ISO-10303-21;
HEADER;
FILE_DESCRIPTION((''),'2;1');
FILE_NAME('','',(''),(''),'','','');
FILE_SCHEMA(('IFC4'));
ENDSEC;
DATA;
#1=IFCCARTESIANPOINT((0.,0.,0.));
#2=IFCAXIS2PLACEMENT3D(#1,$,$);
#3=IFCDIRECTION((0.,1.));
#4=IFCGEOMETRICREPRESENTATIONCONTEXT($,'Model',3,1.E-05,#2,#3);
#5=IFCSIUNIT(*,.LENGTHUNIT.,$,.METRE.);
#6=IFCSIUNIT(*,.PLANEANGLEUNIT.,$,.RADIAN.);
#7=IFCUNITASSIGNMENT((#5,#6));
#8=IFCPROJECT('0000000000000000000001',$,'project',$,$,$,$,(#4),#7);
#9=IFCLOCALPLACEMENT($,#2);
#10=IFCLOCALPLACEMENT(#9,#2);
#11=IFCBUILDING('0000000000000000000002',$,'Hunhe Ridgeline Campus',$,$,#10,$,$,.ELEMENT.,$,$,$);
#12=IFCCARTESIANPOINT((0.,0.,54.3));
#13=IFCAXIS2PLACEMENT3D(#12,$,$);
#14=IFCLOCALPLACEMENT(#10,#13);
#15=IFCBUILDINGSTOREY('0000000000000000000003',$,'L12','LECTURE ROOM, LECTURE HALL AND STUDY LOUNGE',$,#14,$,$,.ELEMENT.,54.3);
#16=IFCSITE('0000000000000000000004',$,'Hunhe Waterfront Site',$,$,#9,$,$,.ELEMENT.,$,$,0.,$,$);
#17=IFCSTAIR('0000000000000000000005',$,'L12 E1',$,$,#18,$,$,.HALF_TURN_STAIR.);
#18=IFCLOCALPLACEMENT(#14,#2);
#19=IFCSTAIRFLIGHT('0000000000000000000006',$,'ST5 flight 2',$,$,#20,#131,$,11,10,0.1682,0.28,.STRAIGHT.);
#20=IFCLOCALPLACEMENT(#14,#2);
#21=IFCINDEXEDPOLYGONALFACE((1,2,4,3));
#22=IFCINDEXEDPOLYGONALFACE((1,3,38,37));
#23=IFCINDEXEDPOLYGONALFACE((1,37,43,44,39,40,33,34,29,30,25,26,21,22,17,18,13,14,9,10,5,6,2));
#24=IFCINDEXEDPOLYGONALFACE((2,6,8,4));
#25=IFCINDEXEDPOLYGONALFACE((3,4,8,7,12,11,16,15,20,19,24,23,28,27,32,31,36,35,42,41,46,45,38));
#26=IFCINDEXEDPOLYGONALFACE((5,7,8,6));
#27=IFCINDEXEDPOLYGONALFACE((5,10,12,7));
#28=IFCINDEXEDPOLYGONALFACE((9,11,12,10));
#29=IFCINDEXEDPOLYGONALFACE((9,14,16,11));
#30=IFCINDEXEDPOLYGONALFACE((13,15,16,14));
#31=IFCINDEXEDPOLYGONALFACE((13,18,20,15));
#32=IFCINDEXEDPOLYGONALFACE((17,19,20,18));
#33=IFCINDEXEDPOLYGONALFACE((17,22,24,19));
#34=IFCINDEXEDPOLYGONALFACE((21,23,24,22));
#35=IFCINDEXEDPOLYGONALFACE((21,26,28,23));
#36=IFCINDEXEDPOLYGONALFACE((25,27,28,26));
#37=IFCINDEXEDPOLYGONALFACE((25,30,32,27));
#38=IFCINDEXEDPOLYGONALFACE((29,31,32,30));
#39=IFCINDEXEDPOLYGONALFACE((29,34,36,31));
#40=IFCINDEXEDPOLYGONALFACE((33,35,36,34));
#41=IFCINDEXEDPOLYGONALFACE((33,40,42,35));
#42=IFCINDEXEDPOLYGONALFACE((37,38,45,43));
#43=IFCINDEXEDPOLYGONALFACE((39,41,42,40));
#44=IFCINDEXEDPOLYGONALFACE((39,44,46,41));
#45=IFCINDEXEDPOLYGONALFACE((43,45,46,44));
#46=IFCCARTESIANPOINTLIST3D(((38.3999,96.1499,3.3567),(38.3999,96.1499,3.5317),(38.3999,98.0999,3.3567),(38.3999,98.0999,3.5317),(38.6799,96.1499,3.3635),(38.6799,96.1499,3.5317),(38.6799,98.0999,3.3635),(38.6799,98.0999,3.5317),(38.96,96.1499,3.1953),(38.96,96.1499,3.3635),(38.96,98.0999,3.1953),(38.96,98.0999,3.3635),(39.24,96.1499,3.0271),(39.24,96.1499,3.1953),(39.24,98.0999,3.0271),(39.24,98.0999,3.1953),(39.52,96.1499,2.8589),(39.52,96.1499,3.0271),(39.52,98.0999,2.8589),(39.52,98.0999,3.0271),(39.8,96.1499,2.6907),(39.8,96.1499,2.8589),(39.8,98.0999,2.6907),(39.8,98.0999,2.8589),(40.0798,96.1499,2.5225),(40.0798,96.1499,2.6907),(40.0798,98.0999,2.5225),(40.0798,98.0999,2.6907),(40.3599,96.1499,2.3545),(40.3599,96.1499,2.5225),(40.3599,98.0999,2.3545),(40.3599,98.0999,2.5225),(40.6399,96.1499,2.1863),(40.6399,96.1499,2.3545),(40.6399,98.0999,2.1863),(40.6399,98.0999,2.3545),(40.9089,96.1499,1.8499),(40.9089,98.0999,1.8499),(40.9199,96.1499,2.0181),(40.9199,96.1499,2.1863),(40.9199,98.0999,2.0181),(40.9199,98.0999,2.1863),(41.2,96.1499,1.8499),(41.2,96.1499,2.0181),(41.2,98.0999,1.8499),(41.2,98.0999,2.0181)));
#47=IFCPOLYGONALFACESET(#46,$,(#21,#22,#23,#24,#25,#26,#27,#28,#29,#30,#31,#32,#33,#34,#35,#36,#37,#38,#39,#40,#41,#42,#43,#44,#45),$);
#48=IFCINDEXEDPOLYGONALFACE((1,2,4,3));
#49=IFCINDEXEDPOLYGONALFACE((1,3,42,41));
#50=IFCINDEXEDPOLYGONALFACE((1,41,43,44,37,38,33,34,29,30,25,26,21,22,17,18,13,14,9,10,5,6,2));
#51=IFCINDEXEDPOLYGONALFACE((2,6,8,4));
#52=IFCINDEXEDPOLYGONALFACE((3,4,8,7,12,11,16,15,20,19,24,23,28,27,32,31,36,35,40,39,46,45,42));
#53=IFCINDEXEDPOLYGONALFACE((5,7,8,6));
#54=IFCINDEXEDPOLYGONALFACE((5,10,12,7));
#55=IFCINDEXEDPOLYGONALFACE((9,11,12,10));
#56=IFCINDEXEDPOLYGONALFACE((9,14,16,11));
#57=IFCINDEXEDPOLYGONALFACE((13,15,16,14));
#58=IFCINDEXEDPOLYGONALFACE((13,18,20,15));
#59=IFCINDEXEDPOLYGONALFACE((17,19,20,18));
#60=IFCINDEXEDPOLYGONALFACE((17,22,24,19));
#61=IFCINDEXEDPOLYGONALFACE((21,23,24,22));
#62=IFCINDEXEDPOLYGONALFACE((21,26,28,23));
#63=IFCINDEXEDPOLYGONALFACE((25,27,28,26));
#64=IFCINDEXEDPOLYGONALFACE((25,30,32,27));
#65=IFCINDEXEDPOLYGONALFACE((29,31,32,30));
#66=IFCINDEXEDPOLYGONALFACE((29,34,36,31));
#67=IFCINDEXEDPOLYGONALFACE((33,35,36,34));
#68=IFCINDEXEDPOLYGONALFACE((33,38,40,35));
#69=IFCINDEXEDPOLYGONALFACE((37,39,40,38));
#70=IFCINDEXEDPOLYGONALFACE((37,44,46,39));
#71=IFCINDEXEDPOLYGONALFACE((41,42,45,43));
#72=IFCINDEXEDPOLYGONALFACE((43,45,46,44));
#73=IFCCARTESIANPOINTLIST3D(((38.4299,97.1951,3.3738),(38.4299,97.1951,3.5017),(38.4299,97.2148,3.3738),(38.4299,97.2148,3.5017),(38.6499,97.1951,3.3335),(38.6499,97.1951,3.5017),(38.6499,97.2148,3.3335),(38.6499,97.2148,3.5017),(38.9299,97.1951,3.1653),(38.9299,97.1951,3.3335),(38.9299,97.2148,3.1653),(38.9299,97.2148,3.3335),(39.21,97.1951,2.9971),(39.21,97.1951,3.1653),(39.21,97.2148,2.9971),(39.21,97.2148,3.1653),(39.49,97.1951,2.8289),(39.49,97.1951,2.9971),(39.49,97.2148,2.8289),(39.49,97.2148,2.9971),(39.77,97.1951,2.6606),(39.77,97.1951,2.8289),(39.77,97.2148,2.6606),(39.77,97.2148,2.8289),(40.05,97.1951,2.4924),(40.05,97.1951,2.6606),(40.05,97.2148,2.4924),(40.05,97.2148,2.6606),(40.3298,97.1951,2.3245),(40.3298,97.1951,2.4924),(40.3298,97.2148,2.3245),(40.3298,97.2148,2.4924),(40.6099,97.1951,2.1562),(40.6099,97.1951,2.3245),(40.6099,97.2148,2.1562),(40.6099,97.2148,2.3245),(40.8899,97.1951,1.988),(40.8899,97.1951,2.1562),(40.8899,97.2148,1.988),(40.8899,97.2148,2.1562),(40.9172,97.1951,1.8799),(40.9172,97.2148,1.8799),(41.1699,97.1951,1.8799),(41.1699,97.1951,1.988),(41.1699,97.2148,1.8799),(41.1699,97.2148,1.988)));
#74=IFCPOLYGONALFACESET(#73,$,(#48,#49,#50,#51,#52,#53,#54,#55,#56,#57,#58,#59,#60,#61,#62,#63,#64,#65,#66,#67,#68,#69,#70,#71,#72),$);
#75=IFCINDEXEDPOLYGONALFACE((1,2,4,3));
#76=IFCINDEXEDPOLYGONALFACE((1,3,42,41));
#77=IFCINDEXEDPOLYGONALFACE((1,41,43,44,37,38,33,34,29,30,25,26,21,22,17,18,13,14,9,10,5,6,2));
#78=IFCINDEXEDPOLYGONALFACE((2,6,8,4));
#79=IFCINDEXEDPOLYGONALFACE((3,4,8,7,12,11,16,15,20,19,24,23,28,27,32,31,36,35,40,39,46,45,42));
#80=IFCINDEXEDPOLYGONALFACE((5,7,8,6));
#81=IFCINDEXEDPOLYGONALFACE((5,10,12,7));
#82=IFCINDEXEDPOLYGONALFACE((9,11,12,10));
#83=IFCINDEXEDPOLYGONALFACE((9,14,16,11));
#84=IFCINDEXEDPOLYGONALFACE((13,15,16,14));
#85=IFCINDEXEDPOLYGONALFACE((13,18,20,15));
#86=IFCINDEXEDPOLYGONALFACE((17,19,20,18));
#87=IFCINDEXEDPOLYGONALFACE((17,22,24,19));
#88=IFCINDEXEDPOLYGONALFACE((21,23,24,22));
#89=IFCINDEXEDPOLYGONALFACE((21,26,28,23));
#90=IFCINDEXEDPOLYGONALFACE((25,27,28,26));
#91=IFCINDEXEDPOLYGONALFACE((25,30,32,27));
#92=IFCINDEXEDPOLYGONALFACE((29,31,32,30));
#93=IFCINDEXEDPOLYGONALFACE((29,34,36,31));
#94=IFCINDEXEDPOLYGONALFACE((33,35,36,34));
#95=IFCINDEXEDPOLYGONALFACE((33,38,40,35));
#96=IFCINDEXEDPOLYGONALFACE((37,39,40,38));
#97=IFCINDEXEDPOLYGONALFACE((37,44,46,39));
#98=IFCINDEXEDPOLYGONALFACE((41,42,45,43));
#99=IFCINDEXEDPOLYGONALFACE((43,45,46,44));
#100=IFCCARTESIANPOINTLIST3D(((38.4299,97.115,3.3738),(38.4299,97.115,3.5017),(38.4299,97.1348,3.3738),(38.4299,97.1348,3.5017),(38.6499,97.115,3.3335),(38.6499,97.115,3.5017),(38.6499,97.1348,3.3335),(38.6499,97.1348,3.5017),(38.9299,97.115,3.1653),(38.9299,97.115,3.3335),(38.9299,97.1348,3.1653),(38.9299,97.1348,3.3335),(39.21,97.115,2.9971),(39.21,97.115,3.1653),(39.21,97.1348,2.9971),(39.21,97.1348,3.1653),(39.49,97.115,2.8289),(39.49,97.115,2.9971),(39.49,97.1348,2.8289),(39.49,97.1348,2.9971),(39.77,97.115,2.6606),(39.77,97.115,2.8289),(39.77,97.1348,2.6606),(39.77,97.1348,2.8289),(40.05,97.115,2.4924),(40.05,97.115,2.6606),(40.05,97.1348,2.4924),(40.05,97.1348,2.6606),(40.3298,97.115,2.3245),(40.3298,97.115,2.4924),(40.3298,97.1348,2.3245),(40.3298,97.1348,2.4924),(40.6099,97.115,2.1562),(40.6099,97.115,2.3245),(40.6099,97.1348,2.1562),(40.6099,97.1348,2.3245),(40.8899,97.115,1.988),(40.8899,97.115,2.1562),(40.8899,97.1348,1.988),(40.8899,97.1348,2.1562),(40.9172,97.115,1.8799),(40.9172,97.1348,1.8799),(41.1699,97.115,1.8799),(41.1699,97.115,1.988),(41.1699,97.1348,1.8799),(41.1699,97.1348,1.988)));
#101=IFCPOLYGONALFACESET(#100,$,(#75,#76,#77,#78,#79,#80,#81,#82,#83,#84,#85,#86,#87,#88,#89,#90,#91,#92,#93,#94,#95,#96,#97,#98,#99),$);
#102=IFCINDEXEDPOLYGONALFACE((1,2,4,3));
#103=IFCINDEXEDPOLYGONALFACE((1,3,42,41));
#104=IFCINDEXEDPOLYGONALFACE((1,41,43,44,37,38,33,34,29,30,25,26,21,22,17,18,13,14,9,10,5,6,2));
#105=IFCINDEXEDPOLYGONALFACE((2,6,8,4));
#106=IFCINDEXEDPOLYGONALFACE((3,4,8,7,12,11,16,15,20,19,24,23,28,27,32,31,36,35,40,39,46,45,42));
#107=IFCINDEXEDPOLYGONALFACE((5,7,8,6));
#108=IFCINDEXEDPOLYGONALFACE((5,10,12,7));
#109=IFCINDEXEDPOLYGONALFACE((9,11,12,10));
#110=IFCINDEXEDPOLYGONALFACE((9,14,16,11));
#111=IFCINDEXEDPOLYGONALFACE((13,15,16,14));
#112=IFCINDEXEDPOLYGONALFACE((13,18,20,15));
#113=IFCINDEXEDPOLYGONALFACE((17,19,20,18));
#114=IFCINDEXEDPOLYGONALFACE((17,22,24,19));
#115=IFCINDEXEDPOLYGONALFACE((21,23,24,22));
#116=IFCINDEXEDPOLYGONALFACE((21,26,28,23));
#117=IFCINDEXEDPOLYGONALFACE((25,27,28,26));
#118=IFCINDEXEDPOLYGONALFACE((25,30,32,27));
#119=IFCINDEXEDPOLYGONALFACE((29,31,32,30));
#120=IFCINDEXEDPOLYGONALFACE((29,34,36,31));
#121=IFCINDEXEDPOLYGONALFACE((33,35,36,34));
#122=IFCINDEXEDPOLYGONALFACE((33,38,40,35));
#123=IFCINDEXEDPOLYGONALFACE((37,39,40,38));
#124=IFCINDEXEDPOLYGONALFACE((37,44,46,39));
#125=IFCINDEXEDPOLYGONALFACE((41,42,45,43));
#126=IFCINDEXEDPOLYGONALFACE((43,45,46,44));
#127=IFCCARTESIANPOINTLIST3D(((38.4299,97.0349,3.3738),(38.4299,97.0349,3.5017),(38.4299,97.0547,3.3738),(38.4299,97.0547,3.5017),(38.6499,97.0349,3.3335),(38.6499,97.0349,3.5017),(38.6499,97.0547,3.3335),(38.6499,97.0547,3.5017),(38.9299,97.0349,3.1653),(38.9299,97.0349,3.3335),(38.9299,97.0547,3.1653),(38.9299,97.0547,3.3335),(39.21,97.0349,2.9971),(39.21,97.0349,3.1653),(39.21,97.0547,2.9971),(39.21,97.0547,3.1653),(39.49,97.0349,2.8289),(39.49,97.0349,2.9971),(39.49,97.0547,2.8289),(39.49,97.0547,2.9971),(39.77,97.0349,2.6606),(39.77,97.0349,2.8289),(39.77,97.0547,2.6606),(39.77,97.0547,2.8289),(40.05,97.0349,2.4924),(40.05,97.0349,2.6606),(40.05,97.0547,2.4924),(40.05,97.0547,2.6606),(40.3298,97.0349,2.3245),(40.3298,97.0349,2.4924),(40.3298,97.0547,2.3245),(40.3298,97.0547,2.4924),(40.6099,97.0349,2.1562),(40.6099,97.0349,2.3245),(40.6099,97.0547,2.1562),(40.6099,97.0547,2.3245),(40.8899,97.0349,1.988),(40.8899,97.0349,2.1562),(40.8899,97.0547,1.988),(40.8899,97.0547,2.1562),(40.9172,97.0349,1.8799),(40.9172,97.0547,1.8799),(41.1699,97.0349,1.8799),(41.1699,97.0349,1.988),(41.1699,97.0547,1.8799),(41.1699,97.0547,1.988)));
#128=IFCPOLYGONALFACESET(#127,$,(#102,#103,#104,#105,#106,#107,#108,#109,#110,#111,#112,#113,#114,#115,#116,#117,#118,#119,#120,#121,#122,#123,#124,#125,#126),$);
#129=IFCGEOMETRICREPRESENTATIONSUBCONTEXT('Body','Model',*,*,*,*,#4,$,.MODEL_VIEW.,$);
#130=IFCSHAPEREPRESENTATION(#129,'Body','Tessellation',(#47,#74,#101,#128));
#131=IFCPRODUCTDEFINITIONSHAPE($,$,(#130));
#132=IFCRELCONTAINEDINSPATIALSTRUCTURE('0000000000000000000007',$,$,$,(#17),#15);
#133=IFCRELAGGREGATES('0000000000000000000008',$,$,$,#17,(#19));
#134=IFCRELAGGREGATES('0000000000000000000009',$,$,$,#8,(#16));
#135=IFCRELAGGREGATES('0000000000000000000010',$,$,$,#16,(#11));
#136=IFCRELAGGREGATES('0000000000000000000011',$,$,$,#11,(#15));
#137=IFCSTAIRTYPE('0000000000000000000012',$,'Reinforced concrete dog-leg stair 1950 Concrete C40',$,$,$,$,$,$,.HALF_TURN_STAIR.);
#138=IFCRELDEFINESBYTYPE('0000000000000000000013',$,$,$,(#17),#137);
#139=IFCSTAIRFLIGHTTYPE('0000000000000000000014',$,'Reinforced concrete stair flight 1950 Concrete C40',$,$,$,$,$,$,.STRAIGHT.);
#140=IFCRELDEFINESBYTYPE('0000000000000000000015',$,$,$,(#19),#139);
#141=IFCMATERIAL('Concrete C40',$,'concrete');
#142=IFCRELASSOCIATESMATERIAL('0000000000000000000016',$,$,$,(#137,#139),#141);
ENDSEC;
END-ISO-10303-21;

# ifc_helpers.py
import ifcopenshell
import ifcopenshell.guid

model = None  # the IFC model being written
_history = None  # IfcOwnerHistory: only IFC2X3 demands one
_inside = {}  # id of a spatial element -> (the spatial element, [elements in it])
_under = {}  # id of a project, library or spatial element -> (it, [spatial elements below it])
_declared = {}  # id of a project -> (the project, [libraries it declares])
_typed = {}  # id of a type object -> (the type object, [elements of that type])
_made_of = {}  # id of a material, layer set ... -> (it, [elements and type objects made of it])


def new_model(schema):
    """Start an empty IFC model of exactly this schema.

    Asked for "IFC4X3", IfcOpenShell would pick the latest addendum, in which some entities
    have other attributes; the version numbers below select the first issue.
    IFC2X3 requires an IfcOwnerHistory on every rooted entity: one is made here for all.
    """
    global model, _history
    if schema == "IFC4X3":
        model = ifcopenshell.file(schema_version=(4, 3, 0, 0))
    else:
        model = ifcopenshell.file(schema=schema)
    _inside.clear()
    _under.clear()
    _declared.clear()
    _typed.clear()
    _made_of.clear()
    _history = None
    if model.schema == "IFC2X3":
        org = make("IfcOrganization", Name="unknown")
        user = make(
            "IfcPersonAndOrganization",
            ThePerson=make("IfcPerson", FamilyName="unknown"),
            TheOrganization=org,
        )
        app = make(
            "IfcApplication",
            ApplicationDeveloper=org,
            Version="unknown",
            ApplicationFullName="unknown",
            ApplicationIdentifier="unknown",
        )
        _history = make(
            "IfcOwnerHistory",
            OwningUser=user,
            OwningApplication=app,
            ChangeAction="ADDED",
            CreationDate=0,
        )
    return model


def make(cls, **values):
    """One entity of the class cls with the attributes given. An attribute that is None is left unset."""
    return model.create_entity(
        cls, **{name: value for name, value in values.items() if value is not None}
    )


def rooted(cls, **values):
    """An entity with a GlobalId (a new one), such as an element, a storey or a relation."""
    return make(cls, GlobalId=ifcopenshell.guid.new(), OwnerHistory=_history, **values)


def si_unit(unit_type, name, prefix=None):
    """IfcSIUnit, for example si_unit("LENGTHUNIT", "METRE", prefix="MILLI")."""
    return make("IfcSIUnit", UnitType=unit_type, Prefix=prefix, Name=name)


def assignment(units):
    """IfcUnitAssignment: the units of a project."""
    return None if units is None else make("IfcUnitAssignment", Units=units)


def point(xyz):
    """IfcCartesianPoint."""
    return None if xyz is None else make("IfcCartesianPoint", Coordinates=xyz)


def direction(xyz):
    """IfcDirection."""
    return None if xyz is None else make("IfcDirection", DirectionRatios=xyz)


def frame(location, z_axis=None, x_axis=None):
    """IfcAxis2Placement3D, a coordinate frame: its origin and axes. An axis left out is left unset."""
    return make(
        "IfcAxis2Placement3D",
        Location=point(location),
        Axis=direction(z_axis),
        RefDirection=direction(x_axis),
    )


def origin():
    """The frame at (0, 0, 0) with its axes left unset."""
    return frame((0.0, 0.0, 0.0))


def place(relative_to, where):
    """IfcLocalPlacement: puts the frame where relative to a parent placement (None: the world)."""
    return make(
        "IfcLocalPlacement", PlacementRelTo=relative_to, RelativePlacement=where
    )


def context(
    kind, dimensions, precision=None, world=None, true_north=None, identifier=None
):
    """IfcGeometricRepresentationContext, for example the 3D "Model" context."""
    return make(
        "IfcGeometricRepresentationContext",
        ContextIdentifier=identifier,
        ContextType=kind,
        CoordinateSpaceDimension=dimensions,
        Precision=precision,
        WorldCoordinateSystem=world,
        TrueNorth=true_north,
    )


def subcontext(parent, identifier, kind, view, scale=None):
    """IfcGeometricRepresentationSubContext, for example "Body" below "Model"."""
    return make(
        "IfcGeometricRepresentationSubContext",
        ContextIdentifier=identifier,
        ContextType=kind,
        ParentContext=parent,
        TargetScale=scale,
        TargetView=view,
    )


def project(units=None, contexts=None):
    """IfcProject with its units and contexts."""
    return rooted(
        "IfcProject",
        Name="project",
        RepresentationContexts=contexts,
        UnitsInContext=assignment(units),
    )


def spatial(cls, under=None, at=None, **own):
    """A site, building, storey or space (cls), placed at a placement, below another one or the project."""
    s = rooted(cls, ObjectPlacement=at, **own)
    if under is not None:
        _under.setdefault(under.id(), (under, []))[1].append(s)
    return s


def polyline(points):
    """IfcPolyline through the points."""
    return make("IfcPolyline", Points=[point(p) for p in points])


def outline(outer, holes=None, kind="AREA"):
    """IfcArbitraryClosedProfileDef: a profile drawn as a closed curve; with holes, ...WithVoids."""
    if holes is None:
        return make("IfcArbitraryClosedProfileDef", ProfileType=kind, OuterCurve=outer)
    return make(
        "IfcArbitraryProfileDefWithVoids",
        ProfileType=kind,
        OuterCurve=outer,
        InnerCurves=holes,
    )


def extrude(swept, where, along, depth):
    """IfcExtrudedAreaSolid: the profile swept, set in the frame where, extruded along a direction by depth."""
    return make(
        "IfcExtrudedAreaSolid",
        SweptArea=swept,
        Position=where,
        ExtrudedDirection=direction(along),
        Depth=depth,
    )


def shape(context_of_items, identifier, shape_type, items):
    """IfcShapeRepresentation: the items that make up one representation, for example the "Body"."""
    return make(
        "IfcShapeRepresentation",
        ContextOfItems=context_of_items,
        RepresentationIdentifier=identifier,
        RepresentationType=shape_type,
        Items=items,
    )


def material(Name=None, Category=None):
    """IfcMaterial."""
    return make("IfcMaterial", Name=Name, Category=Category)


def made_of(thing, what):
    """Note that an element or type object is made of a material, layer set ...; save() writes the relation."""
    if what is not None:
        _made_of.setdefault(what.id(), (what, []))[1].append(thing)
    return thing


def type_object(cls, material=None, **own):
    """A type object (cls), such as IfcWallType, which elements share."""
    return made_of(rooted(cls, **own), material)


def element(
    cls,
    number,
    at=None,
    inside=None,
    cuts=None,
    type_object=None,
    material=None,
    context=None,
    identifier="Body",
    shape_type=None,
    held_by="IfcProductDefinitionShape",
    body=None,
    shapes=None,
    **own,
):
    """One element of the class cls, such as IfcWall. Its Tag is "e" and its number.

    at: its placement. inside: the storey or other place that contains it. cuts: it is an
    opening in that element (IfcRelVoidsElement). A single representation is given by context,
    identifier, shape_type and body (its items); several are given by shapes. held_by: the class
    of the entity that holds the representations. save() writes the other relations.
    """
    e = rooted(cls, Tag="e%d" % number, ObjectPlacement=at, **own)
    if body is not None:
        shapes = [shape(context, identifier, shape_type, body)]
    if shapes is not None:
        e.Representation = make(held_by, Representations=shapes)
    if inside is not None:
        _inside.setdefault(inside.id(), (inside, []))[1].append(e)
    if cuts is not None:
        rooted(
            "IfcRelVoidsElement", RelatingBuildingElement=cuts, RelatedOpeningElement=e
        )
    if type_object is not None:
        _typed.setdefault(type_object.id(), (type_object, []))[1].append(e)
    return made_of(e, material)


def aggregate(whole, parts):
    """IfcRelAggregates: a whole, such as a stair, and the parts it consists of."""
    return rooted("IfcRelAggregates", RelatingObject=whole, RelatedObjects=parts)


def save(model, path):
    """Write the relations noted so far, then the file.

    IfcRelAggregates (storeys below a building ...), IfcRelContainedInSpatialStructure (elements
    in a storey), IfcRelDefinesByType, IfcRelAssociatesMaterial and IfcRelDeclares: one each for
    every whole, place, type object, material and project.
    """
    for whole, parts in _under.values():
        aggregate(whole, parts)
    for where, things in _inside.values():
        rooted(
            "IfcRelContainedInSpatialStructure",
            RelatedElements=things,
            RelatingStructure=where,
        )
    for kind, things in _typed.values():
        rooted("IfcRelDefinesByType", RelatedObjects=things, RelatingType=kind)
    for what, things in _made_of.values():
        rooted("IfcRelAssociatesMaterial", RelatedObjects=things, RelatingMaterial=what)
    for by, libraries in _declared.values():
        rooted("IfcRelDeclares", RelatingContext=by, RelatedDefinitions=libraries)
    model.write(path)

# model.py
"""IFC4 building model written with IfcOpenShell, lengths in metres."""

from ifc_helpers import new_model, si_unit, direction, frame, origin, place, context, subcontext, project, spatial, polyline, outline, extrude, material, type_object, element, aggregate, save


model = new_model("IFC4")

# Units and contexts
model_context = context("Model", 3, precision=1e-05, world=origin(), true_north=direction((0.0, 1.0)))
body_context = subcontext(model_context, "Body", "Model", "MODEL_VIEW")
ifc_project = project(units=[si_unit("LENGTHUNIT", "METRE"), si_unit("PLANEANGLEUNIT", "RADIAN")], contexts=[model_context])

# Site, building, storey
site_placement = place(None, origin())
site = spatial("IfcSite", under=ifc_project, at=site_placement, Name="Hunhe Waterfront Site", CompositionType="ELEMENT", RefElevation=0.0)
building_placement = place(site_placement, origin())
building = spatial("IfcBuilding", under=site, at=building_placement, Name="Hunhe Ridgeline Campus", CompositionType="ELEMENT")
storey_placement = place(building_placement, frame((0.0, 0.0, 54.3)))
storey = spatial("IfcBuildingStorey", under=building, at=storey_placement, Name="L12", Description="LECTURE ROOM, LECTURE HALL AND STUDY LOUNGE", CompositionType="ELEMENT", Elevation=54.3)

# Stair, stair flight
ifc_material_1 = material(Name="Concrete C40", Category="concrete")
stair_type = type_object("IfcStairType", Name="Reinforced concrete dog-leg stair 1950 Concrete C40", PredefinedType="HALF_TURN_STAIR", material=ifc_material_1)
stair_1_placement = place(storey_placement, origin())
stair_1 = element("IfcStair", 1, at=stair_1_placement, inside=storey, type_object=stair_type, Name="L12 E1", PredefinedType="HALF_TURN_STAIR")
stair_flight_type = type_object("IfcStairFlightType", Name="Reinforced concrete stair flight 1950 Concrete C40", PredefinedType="STRAIGHT", material=ifc_material_1)
stair_flight_1_placement = place(storey_placement, frame((41.2, 97.125, 1.8499), z_axis=(0.0, 0.0, 1.0), x_axis=(-1.0, 0.0, 0.0)))
stair_flight_1 = element("IfcStairFlight", 2, at=stair_flight_1_placement, type_object=stair_flight_type, Name="ST5 flight 2", NumberOfRisers=11, NumberOfTreads=10, PredefinedType="STRAIGHT", RiserHeight=0.1682, TreadLength=0.28, context=body_context, shape_type="SweptSolid", body=[
    extrude(outline(polyline([(0.0, 0.0), (0.0, 0.1682), (0.28, 0.1682), (0.28, 0.3364), (0.5601, 0.3364), (0.5601, 0.5046), (0.8401, 0.5046), (0.8401, 0.6726), (1.1201, 0.6726), (1.1201, 0.8408), (1.3999, 0.8408), (1.3999, 1.009), (1.6799, 1.009), (1.6799, 1.1772), (1.96, 1.1772), (1.96, 1.3455), (2.24, 1.3455), (2.24, 1.5137), (2.52, 1.5137), (2.52, 1.6819), (2.8, 1.6819), (2.8, 1.8501), (2.8, 1.5068), (0.291, 0.0), (0.0, 0.0)])), frame((0.0, 0.9751, 0.0), z_axis=(0.0, -1.0, 0.0), x_axis=(1.0, 0.0, 0.0)), (0.0, 0.0, 1.0), 1.95),
    extrude(outline(polyline([(0.03, 0.03), (0.03, 0.1382), (0.3101, 0.1382), (0.3101, 0.3064), (0.5901, 0.3064), (0.5901, 0.4746), (0.8701, 0.4746), (0.8701, 0.6426), (1.1499, 0.6426), (1.1499, 0.8108), (1.4299, 0.8108), (1.4299, 0.979), (1.71, 0.979), (1.71, 1.1472), (1.99, 1.1472), (1.99, 1.3154), (2.27, 1.3154), (2.27, 1.4836), (2.55, 1.4836), (2.55, 1.6519), (2.77, 1.6519), (2.77, 1.5239), (0.2827, 0.03), (0.03, 0.03)])), frame((0.0, -0.0701, 0.0), z_axis=(0.0, -1.0, 0.0), x_axis=(1.0, 0.0, 0.0)), (0.0, 0.0, 1.0), 0.0198),
    extrude(outline(polyline([(0.03, 0.03), (0.03, 0.1382), (0.3101, 0.1382), (0.3101, 0.3064), (0.5901, 0.3064), (0.5901, 0.4746), (0.8701, 0.4746), (0.8701, 0.6426), (1.1499, 0.6426), (1.1499, 0.8108), (1.4299, 0.8108), (1.4299, 0.979), (1.71, 0.979), (1.71, 1.1472), (1.99, 1.1472), (1.99, 1.3154), (2.27, 1.3154), (2.27, 1.4836), (2.55, 1.4836), (2.55, 1.6519), (2.77, 1.6519), (2.77, 1.5239), (0.2827, 0.03), (0.03, 0.03)])), frame((0.0, 0.01, 0.0), z_axis=(0.0, -1.0, 0.0), x_axis=(1.0, 0.0, 0.0)), (0.0, 0.0, 1.0), 0.0198),
    extrude(outline(polyline([(0.03, 0.03), (0.03, 0.1382), (0.3101, 0.1382), (0.3101, 0.3064), (0.5901, 0.3064), (0.5901, 0.4746), (0.8701, 0.4746), (0.8701, 0.6426), (1.1499, 0.6426), (1.1499, 0.8108), (1.4299, 0.8108), (1.4299, 0.979), (1.71, 0.979), (1.71, 1.1472), (1.99, 1.1472), (1.99, 1.3154), (2.27, 1.3154), (2.27, 1.4836), (2.55, 1.4836), (2.55, 1.6519), (2.77, 1.6519), (2.77, 1.5239), (0.2827, 0.03), (0.03, 0.03)])), frame((0.0, 0.0901, 0.0), z_axis=(0.0, -1.0, 0.0), x_axis=(1.0, 0.0, 0.0)), (0.0, 0.0, 1.0), 0.0198),
])
aggregate(stair_1, [stair_flight_1])

save(model, "model.ifc")
